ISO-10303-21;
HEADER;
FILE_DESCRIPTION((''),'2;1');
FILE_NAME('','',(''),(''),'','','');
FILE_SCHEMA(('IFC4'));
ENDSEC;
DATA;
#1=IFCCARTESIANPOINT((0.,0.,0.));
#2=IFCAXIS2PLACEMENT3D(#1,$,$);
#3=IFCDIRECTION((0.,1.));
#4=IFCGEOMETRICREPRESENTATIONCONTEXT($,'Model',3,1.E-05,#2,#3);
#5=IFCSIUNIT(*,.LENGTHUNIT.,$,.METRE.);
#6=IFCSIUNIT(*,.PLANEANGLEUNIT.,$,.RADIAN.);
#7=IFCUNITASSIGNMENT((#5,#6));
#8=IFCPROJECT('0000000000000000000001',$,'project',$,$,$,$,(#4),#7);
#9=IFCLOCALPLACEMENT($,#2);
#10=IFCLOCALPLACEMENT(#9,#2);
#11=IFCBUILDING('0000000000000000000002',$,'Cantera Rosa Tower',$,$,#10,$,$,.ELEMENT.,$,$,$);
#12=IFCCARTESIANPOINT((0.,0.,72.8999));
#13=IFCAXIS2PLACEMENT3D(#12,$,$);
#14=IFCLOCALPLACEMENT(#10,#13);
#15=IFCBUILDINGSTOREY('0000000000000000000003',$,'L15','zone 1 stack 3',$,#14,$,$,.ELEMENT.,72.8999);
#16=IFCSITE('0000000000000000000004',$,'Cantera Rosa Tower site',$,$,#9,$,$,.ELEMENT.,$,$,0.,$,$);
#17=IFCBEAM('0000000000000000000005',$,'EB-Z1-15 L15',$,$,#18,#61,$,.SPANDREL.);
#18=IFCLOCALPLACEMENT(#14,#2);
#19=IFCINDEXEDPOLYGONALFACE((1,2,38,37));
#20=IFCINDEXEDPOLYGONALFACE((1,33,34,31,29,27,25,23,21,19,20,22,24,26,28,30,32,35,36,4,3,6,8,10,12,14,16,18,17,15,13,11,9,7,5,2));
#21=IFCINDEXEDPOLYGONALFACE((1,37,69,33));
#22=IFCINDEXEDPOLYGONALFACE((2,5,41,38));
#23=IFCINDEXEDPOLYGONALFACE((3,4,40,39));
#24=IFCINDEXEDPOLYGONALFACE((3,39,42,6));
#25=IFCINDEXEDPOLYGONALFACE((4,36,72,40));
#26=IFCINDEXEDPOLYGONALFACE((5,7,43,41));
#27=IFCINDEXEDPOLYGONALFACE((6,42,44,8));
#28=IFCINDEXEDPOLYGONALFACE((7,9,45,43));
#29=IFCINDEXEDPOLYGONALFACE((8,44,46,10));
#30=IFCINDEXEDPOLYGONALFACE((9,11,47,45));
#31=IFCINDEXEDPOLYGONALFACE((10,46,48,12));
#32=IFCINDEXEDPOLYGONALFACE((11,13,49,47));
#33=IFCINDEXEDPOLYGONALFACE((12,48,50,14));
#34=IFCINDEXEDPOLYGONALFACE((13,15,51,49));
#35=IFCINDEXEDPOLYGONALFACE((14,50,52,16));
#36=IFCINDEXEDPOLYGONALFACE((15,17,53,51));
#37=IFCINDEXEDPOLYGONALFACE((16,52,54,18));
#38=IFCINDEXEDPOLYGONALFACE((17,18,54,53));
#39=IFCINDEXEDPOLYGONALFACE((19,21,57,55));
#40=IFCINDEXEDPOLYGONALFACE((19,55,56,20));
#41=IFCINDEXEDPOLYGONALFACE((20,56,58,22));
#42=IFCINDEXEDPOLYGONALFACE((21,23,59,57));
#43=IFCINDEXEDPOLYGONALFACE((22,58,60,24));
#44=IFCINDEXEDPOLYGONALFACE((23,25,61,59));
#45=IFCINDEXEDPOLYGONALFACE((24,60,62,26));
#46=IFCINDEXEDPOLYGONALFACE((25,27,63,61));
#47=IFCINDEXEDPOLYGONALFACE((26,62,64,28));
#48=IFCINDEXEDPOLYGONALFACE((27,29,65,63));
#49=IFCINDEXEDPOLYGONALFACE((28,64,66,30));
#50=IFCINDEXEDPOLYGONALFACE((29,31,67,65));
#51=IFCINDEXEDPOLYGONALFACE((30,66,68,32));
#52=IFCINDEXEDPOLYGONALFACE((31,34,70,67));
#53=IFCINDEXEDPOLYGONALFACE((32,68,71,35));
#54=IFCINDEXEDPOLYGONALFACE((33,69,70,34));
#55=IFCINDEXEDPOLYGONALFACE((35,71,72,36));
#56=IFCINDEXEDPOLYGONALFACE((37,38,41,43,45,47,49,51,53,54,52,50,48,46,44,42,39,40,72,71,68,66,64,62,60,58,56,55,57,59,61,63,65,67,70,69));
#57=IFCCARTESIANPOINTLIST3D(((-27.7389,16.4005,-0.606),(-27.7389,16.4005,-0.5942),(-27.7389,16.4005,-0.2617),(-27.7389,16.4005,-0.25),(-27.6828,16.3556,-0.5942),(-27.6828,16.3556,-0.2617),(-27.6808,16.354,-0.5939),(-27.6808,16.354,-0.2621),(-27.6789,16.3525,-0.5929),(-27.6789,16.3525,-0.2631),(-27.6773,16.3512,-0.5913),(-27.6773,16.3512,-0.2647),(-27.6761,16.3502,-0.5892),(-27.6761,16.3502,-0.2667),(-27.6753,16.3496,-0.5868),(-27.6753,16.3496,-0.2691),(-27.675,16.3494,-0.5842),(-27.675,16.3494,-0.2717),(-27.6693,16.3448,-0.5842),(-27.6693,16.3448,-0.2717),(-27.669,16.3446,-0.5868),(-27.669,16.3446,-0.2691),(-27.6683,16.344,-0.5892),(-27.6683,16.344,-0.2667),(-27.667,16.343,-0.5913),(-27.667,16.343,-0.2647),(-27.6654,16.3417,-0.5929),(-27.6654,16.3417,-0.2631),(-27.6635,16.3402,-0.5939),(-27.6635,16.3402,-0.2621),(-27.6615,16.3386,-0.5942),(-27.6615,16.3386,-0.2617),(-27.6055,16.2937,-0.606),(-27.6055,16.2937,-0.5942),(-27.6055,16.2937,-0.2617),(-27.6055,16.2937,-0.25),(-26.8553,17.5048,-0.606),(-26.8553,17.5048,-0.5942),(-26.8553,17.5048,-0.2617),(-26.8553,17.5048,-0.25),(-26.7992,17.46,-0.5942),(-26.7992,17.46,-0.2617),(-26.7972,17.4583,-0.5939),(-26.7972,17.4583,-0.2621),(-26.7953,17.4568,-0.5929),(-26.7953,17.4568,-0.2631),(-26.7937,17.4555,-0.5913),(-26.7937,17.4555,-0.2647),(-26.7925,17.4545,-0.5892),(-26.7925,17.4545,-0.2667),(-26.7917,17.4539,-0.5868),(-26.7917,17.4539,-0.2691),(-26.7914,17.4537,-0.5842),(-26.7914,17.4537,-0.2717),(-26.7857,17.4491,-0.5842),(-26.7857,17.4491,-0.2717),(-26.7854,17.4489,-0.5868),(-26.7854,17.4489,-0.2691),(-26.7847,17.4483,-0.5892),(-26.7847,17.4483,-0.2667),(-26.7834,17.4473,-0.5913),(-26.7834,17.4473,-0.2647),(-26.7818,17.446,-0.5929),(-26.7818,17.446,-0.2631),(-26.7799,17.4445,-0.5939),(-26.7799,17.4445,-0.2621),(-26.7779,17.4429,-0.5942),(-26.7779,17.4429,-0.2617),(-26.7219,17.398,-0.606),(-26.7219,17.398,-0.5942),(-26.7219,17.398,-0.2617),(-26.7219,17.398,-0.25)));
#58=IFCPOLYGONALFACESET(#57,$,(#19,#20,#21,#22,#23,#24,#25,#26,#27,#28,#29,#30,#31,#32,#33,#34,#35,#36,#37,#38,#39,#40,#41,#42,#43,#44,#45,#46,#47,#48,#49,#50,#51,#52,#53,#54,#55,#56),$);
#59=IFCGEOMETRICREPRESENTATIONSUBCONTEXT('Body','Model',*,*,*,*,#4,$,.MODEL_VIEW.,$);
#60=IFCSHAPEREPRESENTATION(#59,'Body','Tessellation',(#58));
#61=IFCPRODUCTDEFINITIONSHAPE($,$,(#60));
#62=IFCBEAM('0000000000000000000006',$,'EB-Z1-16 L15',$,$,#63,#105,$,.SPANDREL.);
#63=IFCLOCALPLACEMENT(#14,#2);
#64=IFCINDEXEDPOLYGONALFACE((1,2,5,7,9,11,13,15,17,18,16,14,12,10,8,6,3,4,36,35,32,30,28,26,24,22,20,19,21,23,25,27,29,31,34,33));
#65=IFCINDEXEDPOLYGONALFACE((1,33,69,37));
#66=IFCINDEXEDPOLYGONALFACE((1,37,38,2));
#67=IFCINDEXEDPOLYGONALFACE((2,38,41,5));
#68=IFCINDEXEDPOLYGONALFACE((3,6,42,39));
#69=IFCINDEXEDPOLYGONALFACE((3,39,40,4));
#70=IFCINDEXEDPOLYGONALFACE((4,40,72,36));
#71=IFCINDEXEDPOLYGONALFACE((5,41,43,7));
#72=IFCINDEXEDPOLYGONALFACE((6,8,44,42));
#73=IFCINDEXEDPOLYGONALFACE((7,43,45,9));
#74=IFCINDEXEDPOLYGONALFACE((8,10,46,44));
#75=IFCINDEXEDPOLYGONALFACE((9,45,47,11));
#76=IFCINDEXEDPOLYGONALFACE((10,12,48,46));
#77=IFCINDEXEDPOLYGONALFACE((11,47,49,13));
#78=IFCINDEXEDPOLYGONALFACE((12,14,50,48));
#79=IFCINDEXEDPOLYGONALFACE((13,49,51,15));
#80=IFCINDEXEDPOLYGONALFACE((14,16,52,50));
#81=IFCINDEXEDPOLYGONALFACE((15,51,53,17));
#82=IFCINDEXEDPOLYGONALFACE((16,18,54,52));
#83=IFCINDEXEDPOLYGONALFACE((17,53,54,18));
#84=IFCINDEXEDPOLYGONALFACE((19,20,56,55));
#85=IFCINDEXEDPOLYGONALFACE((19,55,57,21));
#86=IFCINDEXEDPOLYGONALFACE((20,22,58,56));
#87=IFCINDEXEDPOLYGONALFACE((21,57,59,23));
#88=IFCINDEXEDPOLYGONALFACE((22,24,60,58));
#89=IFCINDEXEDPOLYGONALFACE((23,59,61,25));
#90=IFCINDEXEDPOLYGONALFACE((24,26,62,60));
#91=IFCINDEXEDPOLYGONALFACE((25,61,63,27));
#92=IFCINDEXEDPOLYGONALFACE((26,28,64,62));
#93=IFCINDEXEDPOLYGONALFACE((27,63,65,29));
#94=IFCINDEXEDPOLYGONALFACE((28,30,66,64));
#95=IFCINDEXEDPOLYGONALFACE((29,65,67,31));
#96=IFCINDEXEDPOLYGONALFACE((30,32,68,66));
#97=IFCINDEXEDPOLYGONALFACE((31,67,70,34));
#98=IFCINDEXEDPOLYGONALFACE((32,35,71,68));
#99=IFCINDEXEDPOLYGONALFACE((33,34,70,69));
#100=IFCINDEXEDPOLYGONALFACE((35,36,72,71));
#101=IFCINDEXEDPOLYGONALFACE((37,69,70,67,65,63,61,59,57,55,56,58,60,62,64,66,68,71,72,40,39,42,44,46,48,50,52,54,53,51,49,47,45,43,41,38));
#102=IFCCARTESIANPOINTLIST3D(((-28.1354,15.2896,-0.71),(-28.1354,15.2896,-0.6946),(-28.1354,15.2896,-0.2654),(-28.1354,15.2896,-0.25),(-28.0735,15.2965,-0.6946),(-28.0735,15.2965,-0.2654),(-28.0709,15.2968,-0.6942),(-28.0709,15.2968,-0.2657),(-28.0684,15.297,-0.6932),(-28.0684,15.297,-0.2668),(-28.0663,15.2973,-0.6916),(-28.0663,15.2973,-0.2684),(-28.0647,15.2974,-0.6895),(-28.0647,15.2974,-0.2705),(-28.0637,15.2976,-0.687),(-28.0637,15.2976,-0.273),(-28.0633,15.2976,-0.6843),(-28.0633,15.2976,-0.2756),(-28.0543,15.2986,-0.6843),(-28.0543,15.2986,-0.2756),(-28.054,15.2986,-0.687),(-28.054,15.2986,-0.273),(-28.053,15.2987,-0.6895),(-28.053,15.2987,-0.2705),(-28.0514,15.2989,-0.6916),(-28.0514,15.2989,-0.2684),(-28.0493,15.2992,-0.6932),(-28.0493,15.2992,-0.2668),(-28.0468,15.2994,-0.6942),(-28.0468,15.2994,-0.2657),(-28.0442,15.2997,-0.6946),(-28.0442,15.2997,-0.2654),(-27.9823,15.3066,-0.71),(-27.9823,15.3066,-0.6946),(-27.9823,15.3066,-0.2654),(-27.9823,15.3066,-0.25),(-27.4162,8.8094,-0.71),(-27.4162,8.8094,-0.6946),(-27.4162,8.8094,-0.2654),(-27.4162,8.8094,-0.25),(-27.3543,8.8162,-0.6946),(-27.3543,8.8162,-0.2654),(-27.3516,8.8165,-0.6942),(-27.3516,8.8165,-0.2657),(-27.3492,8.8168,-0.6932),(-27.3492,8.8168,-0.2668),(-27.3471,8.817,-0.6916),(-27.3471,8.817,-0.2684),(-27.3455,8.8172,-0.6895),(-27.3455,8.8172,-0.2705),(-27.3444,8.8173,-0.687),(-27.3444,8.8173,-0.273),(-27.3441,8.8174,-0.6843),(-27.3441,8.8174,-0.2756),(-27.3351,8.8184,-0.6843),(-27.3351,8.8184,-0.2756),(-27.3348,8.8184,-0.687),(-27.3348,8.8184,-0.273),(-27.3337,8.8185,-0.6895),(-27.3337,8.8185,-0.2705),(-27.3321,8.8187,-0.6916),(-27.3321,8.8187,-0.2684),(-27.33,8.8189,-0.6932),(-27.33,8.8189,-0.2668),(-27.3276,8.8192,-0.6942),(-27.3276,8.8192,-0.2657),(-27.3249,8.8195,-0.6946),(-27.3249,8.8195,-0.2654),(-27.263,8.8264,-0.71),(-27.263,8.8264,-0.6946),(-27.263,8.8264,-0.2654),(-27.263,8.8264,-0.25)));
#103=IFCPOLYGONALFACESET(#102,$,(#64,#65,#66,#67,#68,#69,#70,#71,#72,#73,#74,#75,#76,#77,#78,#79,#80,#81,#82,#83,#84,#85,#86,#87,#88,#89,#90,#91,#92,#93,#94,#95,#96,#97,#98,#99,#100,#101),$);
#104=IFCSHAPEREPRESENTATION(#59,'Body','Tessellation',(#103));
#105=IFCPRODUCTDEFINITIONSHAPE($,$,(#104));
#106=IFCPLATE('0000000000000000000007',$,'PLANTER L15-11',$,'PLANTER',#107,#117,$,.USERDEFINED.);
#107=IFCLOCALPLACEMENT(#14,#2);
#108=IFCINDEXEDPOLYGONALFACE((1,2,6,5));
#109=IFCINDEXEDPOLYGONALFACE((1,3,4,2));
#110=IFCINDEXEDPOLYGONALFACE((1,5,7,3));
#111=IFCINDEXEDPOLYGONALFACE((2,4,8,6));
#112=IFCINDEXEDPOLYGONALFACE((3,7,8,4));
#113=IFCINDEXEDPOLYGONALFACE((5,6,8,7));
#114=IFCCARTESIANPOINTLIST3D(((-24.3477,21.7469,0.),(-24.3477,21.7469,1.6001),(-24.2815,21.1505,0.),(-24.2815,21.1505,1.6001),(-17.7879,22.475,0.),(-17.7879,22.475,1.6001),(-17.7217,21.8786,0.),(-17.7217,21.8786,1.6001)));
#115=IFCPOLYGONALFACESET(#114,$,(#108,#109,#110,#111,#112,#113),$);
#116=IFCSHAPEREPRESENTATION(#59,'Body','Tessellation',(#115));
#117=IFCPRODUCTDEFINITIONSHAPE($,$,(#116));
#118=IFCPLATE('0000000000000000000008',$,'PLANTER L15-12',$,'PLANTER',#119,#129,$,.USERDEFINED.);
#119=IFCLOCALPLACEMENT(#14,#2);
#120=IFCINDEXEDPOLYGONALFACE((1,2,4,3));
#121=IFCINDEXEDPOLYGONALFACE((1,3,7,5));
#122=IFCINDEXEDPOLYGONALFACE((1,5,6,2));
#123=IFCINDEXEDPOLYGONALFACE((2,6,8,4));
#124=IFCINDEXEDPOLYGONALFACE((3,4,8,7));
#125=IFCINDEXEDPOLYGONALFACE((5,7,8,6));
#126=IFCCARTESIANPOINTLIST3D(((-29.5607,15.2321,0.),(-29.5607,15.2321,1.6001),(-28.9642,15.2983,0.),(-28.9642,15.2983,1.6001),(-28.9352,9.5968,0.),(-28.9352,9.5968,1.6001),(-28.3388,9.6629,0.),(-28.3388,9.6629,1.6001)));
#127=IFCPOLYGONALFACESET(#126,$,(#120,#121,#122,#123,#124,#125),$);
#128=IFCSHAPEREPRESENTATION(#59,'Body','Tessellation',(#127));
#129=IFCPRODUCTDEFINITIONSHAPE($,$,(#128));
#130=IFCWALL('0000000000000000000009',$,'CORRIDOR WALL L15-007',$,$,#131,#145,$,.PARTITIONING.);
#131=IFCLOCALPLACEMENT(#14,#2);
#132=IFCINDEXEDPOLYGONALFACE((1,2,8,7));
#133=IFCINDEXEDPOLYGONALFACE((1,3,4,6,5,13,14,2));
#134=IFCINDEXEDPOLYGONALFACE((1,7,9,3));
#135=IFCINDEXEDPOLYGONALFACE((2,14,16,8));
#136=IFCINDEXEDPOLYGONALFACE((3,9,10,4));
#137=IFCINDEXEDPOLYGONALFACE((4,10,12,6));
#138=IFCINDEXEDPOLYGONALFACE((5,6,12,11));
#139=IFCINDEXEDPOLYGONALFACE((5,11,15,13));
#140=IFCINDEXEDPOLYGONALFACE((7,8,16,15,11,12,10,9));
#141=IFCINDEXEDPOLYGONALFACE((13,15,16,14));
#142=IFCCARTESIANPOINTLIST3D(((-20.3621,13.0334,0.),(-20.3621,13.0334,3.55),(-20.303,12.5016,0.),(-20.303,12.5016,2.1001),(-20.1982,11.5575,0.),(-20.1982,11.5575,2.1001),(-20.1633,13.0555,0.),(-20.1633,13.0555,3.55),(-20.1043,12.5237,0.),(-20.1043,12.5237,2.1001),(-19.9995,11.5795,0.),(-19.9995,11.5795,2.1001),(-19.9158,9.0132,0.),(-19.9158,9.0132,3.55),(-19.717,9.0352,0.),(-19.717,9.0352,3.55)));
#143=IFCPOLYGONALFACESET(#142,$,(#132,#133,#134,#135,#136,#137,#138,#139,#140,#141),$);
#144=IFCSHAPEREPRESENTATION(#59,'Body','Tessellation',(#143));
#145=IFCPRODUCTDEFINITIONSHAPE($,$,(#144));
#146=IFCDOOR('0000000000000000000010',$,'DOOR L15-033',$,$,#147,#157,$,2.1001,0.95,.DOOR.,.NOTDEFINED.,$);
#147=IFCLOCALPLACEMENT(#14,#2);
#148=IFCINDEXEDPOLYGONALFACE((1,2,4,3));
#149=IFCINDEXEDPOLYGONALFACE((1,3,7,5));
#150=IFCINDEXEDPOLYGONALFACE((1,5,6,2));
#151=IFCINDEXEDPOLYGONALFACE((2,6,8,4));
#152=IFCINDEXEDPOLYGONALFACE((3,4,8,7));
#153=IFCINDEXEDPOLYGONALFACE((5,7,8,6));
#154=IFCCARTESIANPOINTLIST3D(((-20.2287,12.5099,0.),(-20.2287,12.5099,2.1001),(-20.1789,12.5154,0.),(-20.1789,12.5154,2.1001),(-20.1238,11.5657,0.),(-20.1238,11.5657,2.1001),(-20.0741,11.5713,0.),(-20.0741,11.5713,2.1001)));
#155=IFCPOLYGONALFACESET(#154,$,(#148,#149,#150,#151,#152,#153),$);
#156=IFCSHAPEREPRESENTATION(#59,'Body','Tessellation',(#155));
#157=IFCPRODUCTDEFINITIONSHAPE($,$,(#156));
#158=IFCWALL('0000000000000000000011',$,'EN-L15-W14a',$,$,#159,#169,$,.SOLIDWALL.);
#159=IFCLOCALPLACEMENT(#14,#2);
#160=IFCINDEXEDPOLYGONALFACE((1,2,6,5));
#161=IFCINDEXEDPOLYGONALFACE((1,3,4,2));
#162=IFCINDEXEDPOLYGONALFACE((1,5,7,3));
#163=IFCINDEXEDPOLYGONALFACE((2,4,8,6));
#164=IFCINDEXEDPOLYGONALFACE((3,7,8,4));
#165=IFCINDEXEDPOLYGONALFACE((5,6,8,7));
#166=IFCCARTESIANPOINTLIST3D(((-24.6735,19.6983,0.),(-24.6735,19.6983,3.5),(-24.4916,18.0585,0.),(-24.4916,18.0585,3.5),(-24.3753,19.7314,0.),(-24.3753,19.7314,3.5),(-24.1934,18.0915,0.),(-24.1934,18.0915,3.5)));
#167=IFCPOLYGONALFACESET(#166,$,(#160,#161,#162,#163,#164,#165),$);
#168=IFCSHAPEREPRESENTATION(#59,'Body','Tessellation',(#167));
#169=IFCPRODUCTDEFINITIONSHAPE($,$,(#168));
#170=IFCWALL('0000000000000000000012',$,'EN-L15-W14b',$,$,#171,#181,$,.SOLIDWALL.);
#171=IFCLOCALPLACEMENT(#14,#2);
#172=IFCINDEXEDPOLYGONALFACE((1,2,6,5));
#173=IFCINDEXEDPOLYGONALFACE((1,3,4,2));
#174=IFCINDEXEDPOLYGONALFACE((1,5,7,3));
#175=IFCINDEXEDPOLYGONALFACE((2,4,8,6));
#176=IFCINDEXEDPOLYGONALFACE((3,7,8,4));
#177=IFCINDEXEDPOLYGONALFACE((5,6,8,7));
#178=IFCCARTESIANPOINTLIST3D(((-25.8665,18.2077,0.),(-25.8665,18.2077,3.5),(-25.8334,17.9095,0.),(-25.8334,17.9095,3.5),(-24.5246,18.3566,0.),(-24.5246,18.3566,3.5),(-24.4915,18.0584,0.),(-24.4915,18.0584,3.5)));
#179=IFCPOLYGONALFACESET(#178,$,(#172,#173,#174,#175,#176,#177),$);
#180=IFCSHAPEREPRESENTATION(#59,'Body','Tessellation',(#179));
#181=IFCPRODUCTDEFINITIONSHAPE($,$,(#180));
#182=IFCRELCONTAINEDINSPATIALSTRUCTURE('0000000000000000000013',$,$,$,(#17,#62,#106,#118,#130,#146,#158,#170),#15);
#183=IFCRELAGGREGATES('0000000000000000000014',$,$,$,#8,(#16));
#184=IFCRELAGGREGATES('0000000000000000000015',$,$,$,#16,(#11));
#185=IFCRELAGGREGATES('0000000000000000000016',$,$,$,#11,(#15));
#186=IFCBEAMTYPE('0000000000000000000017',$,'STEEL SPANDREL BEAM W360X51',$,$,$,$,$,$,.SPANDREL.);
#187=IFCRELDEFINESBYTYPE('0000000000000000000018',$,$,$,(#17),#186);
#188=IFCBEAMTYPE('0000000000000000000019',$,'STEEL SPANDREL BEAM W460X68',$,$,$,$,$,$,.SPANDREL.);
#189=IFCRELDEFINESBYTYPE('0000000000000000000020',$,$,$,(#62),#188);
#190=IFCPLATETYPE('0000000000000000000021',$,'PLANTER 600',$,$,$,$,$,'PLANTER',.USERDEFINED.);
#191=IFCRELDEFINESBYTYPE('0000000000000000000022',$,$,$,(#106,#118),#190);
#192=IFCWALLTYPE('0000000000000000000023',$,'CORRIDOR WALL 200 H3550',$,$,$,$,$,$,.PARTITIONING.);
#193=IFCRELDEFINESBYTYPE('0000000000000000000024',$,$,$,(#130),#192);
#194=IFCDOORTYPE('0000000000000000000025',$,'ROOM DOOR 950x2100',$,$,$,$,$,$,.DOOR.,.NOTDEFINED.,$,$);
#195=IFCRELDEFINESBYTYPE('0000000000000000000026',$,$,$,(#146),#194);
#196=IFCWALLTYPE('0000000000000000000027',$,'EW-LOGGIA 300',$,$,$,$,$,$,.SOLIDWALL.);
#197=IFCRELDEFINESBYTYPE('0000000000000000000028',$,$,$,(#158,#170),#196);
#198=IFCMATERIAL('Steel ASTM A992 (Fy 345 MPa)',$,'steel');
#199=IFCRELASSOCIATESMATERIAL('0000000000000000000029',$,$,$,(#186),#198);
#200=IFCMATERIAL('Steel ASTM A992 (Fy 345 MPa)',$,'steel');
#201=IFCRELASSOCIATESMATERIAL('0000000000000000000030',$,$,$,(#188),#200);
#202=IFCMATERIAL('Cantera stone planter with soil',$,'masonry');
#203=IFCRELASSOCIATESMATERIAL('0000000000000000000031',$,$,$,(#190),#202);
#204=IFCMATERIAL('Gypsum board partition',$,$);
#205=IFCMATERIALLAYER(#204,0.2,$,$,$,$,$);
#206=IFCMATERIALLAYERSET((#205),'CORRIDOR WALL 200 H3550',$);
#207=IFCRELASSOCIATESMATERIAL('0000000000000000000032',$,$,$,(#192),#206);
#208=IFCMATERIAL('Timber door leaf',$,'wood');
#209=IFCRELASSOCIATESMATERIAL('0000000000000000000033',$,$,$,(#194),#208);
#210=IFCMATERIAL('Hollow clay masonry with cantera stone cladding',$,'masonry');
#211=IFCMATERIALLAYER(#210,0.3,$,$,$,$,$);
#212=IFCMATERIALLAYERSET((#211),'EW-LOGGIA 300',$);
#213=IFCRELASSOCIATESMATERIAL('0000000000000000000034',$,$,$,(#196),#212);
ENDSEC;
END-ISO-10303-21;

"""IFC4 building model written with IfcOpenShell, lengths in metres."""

from ifc_helpers import new_model, si_unit, direction, frame, frame_2d, origin, origin_2d, place, context, subcontext, project, spatial, rectangle, i_section, extrude, material, layer, layer_set, material_profile, profile_set, type_object, element, fill, save


model = new_model("IFC4")

# Units and contexts
model_context = context("Model", 3, precision=1e-05, world=origin(), true_north=direction((0.0, 1.0)))
body_context = subcontext(model_context, "Body", "Model", "MODEL_VIEW")
ifc_project = project(units=[si_unit("LENGTHUNIT", "METRE"), si_unit("PLANEANGLEUNIT", "RADIAN")], contexts=[model_context])

# Site, building, storey
site_placement = place(None, origin())
site = spatial("IfcSite", under=ifc_project, at=site_placement, Name="Cantera Rosa Tower site", CompositionType="ELEMENT", RefElevation=0.0)
building_placement = place(site_placement, origin())
building = spatial("IfcBuilding", under=site, at=building_placement, Name="Cantera Rosa Tower", CompositionType="ELEMENT")
storey_placement = place(building_placement, frame((0.0, 0.0, 72.8999)))
storey = spatial("IfcBuildingStorey", under=building, at=storey_placement, Name="L15", Description="zone 1 stack 3", CompositionType="ELEMENT", Elevation=72.8999)

# Beams
ifc_material_1 = material(Name="Steel ASTM A992 (Fy 345 MPa)", Category="steel")
ifc_material_profile_1 = material_profile(ifc_material_1, i_section(OverallWidth=0.1709, OverallDepth=0.356, WebThickness=0.0073, FlangeThickness=0.0117, FilletRadius=0.01, at=origin_2d()), Name="W360X51")
ifc_profile_set_1 = profile_set([ifc_material_profile_1], Name="Steel ASTM A992 (Fy 345 MPa)")
beam_type_1 = type_object("IfcBeamType", Name="STEEL SPANDREL BEAM W360X51", PredefinedType="SPANDREL", material=ifc_profile_set_1)
for number, where, z_axis, x_axis, name in (
    (1, (-26.7886, 17.4514, -0.428), (-0.624758, -0.780818, 0.0), (0.780818, -0.624758, 0.0), "EB-Z1-15 L15"),
):
    element("IfcBeam", number, at=place(storey_placement, frame(where, z_axis=z_axis, x_axis=x_axis)), inside=storey, type_object=beam_type_1, Name=name, PredefinedType="SPANDREL", context=body_context, shape_type="SweptSolid", body=[
        extrude(i_section(OverallWidth=0.1709, OverallDepth=0.356, WebThickness=0.0073, FlangeThickness=0.0117, FilletRadius=0.01, at=origin_2d()), origin(), (0.0, 0.0, 1.0), 1.4143),
    ])
ifc_material_2 = material(Name="Steel ASTM A992 (Fy 345 MPa)", Category="steel")
ifc_material_profile_2 = material_profile(ifc_material_2, i_section(OverallWidth=0.1541, OverallDepth=0.46, WebThickness=0.009, FlangeThickness=0.0154, FilletRadius=0.0103, at=origin_2d()), Name="W460X68")
ifc_profile_set_2 = profile_set([ifc_material_profile_2], Name="Steel ASTM A992 (Fy 345 MPa)")
beam_type_2 = type_object("IfcBeamType", Name="STEEL SPANDREL BEAM W460X68", PredefinedType="SPANDREL", material=ifc_profile_set_2)
beam_1_placement = place(storey_placement, frame((-28.0588, 15.2981, -0.48), z_axis=(0.110312, -0.993897, 0.0), x_axis=(0.993897, 0.110312, 0.0)))
element("IfcBeam", 2, at=beam_1_placement, inside=storey, type_object=beam_type_2, Name="EB-Z1-16 L15", PredefinedType="SPANDREL", context=body_context, shape_type="SweptSolid", body=[
    extrude(i_section(OverallWidth=0.1541, OverallDepth=0.46, WebThickness=0.009, FlangeThickness=0.0154, FilletRadius=0.0103, at=origin_2d()), origin(), (0.0, 0.0, 1.0), 6.52),
])

# Plates
ifc_material_3 = material(Name="Cantera stone planter with soil", Category="masonry")
plate_type = type_object("IfcPlateType", Name="PLANTER 600", ElementType="PLANTER", PredefinedType="USERDEFINED", material=ifc_material_3)
plate_1_placement = place(storey_placement, frame((-21.0347, 21.8127, 0.0), z_axis=(0.0, 0.0, 1.0), x_axis=(-0.993897, -0.110313, 0.0)))
element("IfcPlate", 3, at=plate_1_placement, inside=storey, type_object=plate_type, Name="PLANTER L15-11", ObjectType="PLANTER", PredefinedType="USERDEFINED", context=body_context, shape_type="SweptSolid", body=[
    extrude(rectangle(XDim=6.6001, YDim=0.6001, at=origin_2d()), origin(), (0.0, 0.0, 1.0), 1.6001),
])
plate_2_placement = place(storey_placement, frame((-28.9497, 12.4475, 0.0), z_axis=(0.0, 0.0, 1.0), x_axis=(0.110313, -0.993897, 0.0)))
element("IfcPlate", 4, at=plate_2_placement, inside=storey, type_object=plate_type, Name="PLANTER L15-12", ObjectType="PLANTER", PredefinedType="USERDEFINED", context=body_context, shape_type="SweptSolid", body=[
    extrude(rectangle(XDim=5.6699, YDim=0.6001, at=origin_2d()), origin(), (0.0, 0.0, 1.0), 1.6001),
])

# Wall, opening, door
ifc_material_4 = material(Name="Gypsum board partition")
ifc_layer_1 = layer(ifc_material_4, 0.2)
ifc_layer_set_1 = layer_set([ifc_layer_1], Name="CORRIDOR WALL 200 H3550")
wall_type_1 = type_object("IfcWallType", Name="CORRIDOR WALL 200 H3550", PredefinedType="PARTITIONING", material=ifc_layer_set_1)
wall_1_placement = place(storey_placement, frame((-20.2627, 13.0444, 0.0), z_axis=(0.0, 0.0, 1.0), x_axis=(0.110332, -0.993895, 0.0)))
wall_1 = element("IfcWall", 5, at=wall_1_placement, inside=storey, type_object=wall_type_1, Name="CORRIDOR WALL L15-007", PredefinedType="PARTITIONING", context=body_context, shape_type="SweptSolid", body=[
    extrude(rectangle(XDim=4.0449, YDim=0.2, at=frame_2d((2.0225, 0.0))), origin(), (0.0, 0.0, 1.0), 3.55),
])
opening_1_placement = place(wall_1_placement, frame((0.5349, 0.0, 0.0)))
opening_1 = element("IfcOpeningElement", 6, at=opening_1_placement, cuts=wall_1, PredefinedType="OPENING", context=body_context, shape_type="SweptSolid", body=[
    extrude(rectangle(XDim=0.95, YDim=2.1001, at=frame_2d((0.4751, 1.05))), frame((0.0, 0.1099, 0.0), z_axis=(0.0, -1.0, 0.0), x_axis=(1.0, 0.0, 0.0)), (0.0, 0.0, 1.0), 0.22),
])
ifc_material_5 = material(Name="Timber door leaf", Category="wood")
door_type_1 = type_object("IfcDoorType", Name="ROOM DOOR 950x2100", OperationType="NOTDEFINED", PredefinedType="DOOR", material=ifc_material_5)
door_1_placement = place(opening_1_placement, origin())
door_1 = element("IfcDoor", 7, at=door_1_placement, inside=storey, type_object=door_type_1, Name="DOOR L15-033", OperationType="NOTDEFINED", OverallHeight=2.1001, OverallWidth=0.95, PredefinedType="DOOR", context=body_context, shape_type="SweptSolid", body=[
    extrude(rectangle(XDim=0.95, YDim=2.1001, at=frame_2d((0.4751, 1.05))), frame((0.0, 0.0249, 0.0), z_axis=(0.0, -1.0, 0.0), x_axis=(1.0, 0.0, 0.0)), (0.0, 0.0, 1.0), 0.05),
])
fill(opening_1, door_1)

# Walls
ifc_material_6 = material(Name="Hollow clay masonry with cantera stone cladding", Category="masonry")
ifc_layer_2 = layer(ifc_material_6, 0.3)
ifc_layer_set_2 = layer_set([ifc_layer_2], Name="EW-LOGGIA 300")
wall_type_2 = type_object("IfcWallType", Name="EW-LOGGIA 300", PredefinedType="SOLIDWALL", material=ifc_layer_set_2)
wall_2_placement = place(storey_placement, frame((-24.5244, 19.7148, 0.0), z_axis=(0.0, 0.0, 1.0), x_axis=(0.110237, -0.993905, 0.0)))
element("IfcWall", 8, at=wall_2_placement, inside=storey, type_object=wall_type_2, Name="EN-L15-W14a", PredefinedType="SOLIDWALL", context=body_context, shape_type="SweptSolid", body=[
    extrude(rectangle(XDim=1.6499, YDim=0.3, at=frame_2d((0.825, 0.0))), origin(), (0.0, 0.0, 1.0), 3.5),
])
wall_3_placement = place(storey_placement, frame((-24.5081, 18.2075, 0.0), z_axis=(0.0, 0.0, 1.0), x_axis=(-0.993897, -0.110312, 0.0)))
element("IfcWall", 9, at=wall_3_placement, inside=storey, type_object=wall_type_2, Name="EN-L15-W14b", PredefinedType="SOLIDWALL", context=body_context, shape_type="SweptSolid", body=[
    extrude(rectangle(XDim=1.3501, YDim=0.3, at=frame_2d((0.675, 0.0))), origin(), (0.0, 0.0, 1.0), 3.5),
])

save(model, "model.ifc")
